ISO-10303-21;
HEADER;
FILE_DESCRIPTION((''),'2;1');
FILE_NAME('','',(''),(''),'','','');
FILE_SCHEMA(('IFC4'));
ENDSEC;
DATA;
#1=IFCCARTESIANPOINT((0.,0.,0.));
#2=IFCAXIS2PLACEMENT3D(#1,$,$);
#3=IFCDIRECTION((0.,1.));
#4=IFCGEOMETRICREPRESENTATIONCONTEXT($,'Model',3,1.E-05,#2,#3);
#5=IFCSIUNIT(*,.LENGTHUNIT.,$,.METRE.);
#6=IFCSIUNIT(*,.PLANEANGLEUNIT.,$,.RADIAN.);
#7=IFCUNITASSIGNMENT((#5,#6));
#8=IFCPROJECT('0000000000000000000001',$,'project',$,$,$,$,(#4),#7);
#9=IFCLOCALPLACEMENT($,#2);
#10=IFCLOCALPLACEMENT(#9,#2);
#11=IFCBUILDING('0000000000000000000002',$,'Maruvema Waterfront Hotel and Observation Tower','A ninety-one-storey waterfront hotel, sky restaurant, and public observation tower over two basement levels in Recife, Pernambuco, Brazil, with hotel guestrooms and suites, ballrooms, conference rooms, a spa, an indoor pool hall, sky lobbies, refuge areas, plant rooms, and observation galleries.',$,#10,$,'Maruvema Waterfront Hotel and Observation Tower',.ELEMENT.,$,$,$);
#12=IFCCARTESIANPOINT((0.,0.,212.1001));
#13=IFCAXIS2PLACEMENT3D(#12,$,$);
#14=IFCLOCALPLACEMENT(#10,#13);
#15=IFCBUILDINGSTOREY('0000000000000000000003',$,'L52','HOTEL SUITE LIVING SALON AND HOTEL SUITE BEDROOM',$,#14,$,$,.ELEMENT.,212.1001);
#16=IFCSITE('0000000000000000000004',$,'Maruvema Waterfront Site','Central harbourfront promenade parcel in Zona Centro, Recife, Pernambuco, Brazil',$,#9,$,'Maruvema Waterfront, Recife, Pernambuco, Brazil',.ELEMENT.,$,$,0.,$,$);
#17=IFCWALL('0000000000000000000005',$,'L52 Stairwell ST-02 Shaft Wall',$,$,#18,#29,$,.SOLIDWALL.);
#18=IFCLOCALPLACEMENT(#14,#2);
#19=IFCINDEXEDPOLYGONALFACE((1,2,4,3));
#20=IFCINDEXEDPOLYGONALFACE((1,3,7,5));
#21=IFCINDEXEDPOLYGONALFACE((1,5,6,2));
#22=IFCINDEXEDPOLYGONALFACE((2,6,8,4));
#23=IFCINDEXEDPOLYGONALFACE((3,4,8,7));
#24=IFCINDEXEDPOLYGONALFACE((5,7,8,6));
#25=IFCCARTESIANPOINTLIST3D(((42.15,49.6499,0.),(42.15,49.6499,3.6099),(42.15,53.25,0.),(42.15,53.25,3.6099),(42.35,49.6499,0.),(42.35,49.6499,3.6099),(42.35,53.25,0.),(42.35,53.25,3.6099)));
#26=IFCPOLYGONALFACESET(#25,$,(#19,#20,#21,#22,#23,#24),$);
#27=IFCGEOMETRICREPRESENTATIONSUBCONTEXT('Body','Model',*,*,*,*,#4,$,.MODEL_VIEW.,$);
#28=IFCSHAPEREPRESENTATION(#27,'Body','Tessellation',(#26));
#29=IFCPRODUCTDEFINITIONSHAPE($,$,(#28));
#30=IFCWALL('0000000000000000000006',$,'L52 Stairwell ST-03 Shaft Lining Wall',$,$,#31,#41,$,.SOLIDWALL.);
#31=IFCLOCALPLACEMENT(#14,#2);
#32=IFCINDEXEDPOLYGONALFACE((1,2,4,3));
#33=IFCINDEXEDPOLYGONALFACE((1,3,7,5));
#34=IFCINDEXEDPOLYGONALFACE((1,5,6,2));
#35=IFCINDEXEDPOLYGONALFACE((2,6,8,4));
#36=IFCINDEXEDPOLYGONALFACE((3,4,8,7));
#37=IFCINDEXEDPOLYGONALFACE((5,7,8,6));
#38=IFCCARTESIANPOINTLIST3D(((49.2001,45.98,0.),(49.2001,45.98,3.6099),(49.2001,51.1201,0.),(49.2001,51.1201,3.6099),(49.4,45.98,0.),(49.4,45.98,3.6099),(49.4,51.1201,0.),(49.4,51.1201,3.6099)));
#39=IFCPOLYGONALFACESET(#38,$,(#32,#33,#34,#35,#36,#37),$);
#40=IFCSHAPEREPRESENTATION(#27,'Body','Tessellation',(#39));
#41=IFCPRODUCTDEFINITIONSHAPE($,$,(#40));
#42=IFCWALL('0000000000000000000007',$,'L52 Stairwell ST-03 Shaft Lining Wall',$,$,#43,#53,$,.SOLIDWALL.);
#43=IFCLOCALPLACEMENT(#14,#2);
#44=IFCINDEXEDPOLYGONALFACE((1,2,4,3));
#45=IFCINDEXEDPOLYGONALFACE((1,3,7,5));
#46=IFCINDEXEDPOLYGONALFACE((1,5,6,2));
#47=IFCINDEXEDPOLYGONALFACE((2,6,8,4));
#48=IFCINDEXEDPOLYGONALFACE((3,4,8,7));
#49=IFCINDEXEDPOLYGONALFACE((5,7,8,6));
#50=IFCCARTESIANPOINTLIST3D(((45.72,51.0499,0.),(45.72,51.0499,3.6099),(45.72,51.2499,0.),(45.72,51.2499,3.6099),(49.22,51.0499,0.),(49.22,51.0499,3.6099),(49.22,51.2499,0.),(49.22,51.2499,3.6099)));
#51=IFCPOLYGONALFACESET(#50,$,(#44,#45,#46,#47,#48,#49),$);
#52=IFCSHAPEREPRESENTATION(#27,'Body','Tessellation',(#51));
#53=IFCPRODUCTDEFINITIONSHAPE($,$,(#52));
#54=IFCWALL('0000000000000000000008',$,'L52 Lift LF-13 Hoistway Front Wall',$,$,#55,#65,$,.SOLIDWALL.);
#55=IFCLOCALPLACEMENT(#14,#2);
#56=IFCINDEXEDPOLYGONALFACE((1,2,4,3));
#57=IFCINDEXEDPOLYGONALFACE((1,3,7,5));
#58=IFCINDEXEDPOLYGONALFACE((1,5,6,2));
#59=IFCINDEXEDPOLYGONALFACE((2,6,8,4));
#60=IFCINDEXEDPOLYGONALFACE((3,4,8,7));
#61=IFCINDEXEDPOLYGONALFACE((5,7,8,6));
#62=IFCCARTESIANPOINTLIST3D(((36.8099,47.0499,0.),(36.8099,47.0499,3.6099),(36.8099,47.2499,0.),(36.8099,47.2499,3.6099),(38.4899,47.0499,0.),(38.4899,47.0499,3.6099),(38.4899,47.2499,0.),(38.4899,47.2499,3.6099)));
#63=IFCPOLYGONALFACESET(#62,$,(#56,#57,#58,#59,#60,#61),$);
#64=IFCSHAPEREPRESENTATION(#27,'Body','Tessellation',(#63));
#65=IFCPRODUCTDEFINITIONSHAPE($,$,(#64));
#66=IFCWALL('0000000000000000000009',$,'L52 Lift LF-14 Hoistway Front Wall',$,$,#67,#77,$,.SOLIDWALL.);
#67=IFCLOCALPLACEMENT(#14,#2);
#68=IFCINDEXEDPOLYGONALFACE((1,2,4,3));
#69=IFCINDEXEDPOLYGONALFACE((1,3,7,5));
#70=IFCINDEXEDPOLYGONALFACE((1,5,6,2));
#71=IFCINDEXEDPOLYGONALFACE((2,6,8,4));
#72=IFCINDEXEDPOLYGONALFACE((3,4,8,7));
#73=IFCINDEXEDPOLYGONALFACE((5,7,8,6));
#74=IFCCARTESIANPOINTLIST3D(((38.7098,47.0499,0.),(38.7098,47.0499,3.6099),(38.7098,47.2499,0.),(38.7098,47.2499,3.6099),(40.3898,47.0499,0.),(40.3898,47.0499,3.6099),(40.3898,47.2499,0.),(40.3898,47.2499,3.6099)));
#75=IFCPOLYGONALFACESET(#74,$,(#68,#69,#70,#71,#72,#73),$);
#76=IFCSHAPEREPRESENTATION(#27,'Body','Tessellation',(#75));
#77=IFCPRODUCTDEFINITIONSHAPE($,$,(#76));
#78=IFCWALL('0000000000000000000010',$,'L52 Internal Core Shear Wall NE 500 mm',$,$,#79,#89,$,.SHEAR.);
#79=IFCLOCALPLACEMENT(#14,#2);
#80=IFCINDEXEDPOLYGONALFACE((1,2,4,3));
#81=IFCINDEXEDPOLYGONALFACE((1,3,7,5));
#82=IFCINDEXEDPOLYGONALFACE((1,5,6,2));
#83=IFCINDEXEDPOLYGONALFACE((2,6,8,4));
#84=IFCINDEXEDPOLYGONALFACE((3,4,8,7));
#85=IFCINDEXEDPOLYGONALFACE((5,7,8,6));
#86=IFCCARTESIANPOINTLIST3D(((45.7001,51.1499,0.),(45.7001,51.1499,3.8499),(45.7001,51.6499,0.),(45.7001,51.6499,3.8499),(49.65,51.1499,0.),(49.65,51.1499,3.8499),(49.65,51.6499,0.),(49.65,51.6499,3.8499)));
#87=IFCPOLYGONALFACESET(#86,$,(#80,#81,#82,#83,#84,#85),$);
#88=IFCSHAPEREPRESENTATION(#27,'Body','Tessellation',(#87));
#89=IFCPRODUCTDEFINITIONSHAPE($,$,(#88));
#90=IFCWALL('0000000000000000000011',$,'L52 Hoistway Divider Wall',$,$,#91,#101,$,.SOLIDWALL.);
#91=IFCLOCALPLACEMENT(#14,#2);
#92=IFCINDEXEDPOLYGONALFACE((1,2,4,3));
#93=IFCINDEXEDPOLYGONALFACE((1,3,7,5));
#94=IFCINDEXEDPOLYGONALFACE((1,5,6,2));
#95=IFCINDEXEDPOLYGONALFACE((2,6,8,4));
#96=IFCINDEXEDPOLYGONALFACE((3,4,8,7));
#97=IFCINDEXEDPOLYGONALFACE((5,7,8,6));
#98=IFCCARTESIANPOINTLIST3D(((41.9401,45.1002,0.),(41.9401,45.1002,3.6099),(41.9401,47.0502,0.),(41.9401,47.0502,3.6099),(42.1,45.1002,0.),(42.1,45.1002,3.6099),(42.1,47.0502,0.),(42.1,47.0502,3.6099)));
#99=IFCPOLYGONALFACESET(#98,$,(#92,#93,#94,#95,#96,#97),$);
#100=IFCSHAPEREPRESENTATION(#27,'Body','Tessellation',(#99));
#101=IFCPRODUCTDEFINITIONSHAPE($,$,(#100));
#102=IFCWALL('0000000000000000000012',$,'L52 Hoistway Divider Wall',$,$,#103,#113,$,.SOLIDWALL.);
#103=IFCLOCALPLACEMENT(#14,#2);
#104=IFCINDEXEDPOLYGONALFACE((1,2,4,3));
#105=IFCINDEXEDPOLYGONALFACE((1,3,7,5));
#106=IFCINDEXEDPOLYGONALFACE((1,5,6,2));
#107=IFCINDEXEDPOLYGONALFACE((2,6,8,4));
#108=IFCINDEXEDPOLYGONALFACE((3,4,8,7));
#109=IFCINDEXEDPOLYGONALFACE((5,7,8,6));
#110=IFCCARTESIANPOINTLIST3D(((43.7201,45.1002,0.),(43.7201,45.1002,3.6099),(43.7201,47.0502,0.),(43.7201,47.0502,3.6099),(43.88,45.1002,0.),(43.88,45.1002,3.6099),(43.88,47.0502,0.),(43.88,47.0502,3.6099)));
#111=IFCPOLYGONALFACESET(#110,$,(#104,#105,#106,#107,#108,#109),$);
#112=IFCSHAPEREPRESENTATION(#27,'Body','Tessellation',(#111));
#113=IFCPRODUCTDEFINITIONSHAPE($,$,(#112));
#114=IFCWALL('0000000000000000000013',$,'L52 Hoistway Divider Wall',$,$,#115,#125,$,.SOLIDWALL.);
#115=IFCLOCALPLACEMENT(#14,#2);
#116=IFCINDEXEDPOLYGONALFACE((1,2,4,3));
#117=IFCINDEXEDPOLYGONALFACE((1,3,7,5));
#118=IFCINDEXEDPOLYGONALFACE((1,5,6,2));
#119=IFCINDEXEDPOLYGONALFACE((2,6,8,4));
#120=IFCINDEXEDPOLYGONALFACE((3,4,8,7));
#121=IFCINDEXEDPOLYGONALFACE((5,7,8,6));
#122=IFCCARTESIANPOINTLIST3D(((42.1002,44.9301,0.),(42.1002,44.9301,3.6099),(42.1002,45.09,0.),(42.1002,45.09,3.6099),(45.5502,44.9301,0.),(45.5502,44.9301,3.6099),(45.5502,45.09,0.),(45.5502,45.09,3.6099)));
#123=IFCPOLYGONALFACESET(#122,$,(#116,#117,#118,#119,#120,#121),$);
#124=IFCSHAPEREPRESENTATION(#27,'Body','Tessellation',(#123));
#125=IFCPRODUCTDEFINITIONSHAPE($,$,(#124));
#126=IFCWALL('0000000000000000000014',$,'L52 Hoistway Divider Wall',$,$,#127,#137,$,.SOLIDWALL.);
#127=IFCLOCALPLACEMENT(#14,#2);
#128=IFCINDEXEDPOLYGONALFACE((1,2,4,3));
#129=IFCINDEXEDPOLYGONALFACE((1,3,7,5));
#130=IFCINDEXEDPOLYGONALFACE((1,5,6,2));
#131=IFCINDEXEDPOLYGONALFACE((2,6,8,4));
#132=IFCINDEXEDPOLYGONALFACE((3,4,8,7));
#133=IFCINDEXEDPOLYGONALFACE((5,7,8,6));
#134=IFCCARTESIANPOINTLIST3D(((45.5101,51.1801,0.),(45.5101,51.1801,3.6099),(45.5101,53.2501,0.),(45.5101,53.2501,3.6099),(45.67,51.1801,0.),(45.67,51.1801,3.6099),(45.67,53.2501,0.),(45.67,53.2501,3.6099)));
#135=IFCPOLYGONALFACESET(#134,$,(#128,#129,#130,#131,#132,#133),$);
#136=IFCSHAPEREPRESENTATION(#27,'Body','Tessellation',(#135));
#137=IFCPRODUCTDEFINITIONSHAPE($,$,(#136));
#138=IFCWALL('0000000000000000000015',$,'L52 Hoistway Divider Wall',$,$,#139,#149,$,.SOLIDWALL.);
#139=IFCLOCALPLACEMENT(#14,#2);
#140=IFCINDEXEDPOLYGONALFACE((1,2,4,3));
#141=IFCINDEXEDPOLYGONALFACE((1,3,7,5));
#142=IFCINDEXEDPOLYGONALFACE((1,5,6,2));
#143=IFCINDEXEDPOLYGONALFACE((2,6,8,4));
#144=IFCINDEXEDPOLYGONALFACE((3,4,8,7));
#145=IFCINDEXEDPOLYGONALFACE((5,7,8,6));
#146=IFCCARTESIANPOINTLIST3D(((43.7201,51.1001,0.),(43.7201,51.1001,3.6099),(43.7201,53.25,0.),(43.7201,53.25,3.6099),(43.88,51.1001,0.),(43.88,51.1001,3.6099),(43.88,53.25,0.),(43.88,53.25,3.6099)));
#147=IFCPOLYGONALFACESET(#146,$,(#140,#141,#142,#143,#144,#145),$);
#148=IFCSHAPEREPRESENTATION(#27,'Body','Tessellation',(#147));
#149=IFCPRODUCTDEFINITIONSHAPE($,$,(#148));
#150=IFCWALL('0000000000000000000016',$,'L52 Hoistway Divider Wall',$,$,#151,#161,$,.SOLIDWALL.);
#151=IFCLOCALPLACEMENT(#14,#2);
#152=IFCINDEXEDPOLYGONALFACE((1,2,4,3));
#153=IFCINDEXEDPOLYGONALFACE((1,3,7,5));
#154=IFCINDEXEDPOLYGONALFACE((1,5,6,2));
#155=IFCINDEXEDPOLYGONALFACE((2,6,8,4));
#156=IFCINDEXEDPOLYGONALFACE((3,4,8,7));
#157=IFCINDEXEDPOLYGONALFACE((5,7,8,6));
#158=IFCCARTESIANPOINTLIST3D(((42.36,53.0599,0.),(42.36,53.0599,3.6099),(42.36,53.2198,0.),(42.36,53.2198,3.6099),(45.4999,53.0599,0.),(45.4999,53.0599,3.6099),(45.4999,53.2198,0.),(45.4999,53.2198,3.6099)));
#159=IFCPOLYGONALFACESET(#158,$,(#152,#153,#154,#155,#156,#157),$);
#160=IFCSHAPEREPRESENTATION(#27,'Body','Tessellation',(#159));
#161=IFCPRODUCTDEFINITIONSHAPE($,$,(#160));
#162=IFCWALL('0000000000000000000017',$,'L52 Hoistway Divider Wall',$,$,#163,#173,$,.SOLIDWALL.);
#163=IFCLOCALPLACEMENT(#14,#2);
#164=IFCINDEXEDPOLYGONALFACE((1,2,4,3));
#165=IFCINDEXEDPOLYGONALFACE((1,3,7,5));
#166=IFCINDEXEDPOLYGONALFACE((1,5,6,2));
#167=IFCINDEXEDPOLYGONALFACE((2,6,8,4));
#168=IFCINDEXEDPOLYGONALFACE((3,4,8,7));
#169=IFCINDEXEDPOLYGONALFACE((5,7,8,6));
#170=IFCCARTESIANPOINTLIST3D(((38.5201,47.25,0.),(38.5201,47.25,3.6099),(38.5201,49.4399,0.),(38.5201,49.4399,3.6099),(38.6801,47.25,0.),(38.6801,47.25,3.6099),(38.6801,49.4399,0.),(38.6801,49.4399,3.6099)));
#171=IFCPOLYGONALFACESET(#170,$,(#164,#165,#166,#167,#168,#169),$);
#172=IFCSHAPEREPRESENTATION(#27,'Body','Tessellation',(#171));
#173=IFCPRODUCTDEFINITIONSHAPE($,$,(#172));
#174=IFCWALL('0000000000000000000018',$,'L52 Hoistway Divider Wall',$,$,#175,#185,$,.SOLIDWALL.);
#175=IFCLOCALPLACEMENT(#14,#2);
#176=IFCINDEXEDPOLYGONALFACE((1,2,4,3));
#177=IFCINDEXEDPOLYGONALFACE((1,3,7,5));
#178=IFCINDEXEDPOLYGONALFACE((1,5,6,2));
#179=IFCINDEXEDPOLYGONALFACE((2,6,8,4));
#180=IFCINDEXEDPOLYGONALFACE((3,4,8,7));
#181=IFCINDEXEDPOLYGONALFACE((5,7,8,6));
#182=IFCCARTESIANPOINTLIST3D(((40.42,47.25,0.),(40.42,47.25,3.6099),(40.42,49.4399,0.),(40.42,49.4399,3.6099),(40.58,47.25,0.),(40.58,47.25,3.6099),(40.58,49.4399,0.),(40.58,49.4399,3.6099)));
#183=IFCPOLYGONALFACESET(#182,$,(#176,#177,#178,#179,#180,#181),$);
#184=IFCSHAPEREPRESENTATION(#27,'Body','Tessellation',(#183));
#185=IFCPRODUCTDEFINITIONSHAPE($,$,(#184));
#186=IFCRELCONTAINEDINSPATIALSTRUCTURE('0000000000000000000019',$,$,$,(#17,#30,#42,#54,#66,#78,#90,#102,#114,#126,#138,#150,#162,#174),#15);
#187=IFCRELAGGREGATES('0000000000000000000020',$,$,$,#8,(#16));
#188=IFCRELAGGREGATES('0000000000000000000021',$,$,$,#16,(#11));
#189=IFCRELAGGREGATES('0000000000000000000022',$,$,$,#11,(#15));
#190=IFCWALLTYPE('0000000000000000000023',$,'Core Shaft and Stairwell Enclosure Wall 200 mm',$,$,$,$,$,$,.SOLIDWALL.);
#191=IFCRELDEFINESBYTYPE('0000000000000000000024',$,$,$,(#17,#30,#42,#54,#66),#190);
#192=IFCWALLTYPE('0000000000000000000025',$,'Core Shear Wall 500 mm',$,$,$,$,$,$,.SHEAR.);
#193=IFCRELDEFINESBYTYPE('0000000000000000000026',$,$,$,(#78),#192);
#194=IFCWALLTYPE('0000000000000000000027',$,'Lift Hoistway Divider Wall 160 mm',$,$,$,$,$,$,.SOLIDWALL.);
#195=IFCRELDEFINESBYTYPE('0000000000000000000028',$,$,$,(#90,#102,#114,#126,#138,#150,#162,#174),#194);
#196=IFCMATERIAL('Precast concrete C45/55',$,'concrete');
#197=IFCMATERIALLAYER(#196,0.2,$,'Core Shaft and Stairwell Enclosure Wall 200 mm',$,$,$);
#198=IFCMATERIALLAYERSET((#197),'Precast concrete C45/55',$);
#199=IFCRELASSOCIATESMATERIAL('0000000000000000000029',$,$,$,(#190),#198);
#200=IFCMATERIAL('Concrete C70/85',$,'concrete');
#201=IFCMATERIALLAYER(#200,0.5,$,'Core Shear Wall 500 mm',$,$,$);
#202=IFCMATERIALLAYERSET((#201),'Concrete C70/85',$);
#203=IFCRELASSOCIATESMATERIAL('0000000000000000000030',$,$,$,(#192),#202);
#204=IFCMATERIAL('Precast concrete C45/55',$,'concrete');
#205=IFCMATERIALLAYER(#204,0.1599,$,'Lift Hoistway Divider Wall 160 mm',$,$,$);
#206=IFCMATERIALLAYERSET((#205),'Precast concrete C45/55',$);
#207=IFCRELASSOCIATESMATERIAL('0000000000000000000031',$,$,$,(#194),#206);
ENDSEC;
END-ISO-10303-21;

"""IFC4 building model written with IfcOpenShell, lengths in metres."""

from ifc_helpers import new_model, si_unit, direction, frame, frame_2d, origin, place, context, subcontext, project, spatial, rectangle, extrude, material, layer, layer_set, type_object, element, save


model = new_model("IFC4")

# Units and contexts
model_context = context("Model", 3, precision=1e-05, world=origin(), true_north=direction((0.0, 1.0)))
body_context = subcontext(model_context, "Body", "Model", "MODEL_VIEW")
ifc_project = project(units=[si_unit("LENGTHUNIT", "METRE"), si_unit("PLANEANGLEUNIT", "RADIAN")], contexts=[model_context])

# Site, building, storey
site_placement = place(None, origin())
site = spatial("IfcSite", under=ifc_project, at=site_placement, Name="Maruvema Waterfront Site", Description="Central harbourfront promenade parcel in Zona Centro, Recife, Pernambuco, Brazil", LongName="Maruvema Waterfront, Recife, Pernambuco, Brazil", CompositionType="ELEMENT", RefElevation=0.0)
building_placement = place(site_placement, origin())
building = spatial("IfcBuilding", under=site, at=building_placement, Name="Maruvema Waterfront Hotel and Observation Tower", Description="A ninety-one-storey waterfront hotel, sky restaurant, and public observation tower over two basement levels in Recife, Pernambuco, Brazil, with hotel guestrooms and suites, ballrooms, conference rooms, a spa, an indoor pool hall, sky lobbies, refuge areas, plant rooms, and observation galleries.", LongName="Maruvema Waterfront Hotel and Observation Tower", CompositionType="ELEMENT")
storey_placement = place(building_placement, frame((0.0, 0.0, 212.1001)))
storey = spatial("IfcBuildingStorey", under=building, at=storey_placement, Name="L52", Description="HOTEL SUITE LIVING SALON AND HOTEL SUITE BEDROOM", CompositionType="ELEMENT", Elevation=212.1001)

# Walls
ifc_material_1 = material(Name="Precast concrete C45/55", Category="concrete")
ifc_layer_1 = layer(ifc_material_1, 0.2, Name="Core Shaft and Stairwell Enclosure Wall 200 mm")
ifc_layer_set_1 = layer_set([ifc_layer_1], Name="Precast concrete C45/55")
wall_type_1 = type_object("IfcWallType", Name="Core Shaft and Stairwell Enclosure Wall 200 mm", PredefinedType="SOLIDWALL", material=ifc_layer_set_1)
wall_1_placement = place(storey_placement, frame((42.25, 49.6499, 0.0), z_axis=(0.0, 0.0, 1.0), x_axis=(0.0, 1.0, 0.0)))
element("IfcWall", 1, at=wall_1_placement, inside=storey, type_object=wall_type_1, Name="L52 Stairwell ST-02 Shaft Wall", PredefinedType="SOLIDWALL", context=body_context, shape_type="SweptSolid", body=[
    extrude(rectangle(XDim=3.6001, YDim=0.2, at=frame_2d((1.8, 0.0))), origin(), (0.0, 0.0, 1.0), 3.6099),
])
wall_2_placement = place(storey_placement, frame((49.3, 45.98, 0.0), z_axis=(0.0, 0.0, 1.0), x_axis=(0.0, 1.0, 0.0)))
element("IfcWall", 2, at=wall_2_placement, inside=storey, type_object=wall_type_1, Name="L52 Stairwell ST-03 Shaft Lining Wall", PredefinedType="SOLIDWALL", context=body_context, shape_type="SweptSolid", body=[
    extrude(rectangle(XDim=5.1401, YDim=0.2, at=frame_2d((2.5701, 0.0))), origin(), (0.0, 0.0, 1.0), 3.6099),
])
wall_3_placement = place(storey_placement, frame((45.72, 51.1499, 0.0), z_axis=(0.0, 0.0, 1.0), x_axis=(1.0, 0.0, 0.0)))
element("IfcWall", 3, at=wall_3_placement, inside=storey, type_object=wall_type_1, Name="L52 Stairwell ST-03 Shaft Lining Wall", PredefinedType="SOLIDWALL", context=body_context, shape_type="SweptSolid", body=[
    extrude(rectangle(XDim=3.5, YDim=0.2, at=frame_2d((1.75, 0.0))), origin(), (0.0, 0.0, 1.0), 3.6099),
])

# Walls
for number, where, z_axis, x_axis, name in (
    (4, (36.8101, 47.1499, 0.0), (0.0, 0.0, 1.0), (1.0, 0.0, 0.0), "L52 Lift LF-13 Hoistway Front Wall"),
    (5, (38.71, 47.1499, 0.0), (0.0, 0.0, 1.0), (1.0, 0.0, 0.0), "L52 Lift LF-14 Hoistway Front Wall"),
):
    element("IfcWall", number, at=place(storey_placement, frame(where, z_axis=z_axis, x_axis=x_axis)), inside=storey, type_object=wall_type_1, Name=name, PredefinedType="SOLIDWALL", context=body_context, shape_type="SweptSolid", body=[
        extrude(rectangle(XDim=1.6799, YDim=0.2, at=frame_2d((0.8398, 0.0))), origin(), (0.0, 0.0, 1.0), 3.6099),
    ])
ifc_material_2 = material(Name="Concrete C70/85", Category="concrete")
ifc_layer_2 = layer(ifc_material_2, 0.5, Name="Core Shear Wall 500 mm")
ifc_layer_set_2 = layer_set([ifc_layer_2], Name="Concrete C70/85")
wall_type_2 = type_object("IfcWallType", Name="Core Shear Wall 500 mm", PredefinedType="SHEAR", material=ifc_layer_set_2)
wall_4_placement = place(storey_placement, frame((45.7, 51.3999, 0.0), z_axis=(0.0, 0.0, 1.0), x_axis=(1.0, 0.0, 0.0)))
element("IfcWall", 6, at=wall_4_placement, inside=storey, type_object=wall_type_2, Name="L52 Internal Core Shear Wall NE 500 mm", PredefinedType="SHEAR", context=body_context, shape_type="SweptSolid", body=[
    extrude(rectangle(XDim=3.95, YDim=0.5, at=frame_2d((1.9751, 0.0))), origin(), (0.0, 0.0, 1.0), 3.8499),
])
ifc_material_3 = material(Name="Precast concrete C45/55", Category="concrete")
ifc_layer_3 = layer(ifc_material_3, 0.1599, Name="Lift Hoistway Divider Wall 160 mm")
ifc_layer_set_3 = layer_set([ifc_layer_3], Name="Precast concrete C45/55")
wall_type_3 = type_object("IfcWallType", Name="Lift Hoistway Divider Wall 160 mm", PredefinedType="SOLIDWALL", material=ifc_layer_set_3)
for number, where, z_axis, x_axis, name in (
    (7, (42.02, 45.1001, 0.0), (0.0, 0.0, 1.0), (0.0, 1.0, 0.0), "L52 Hoistway Divider Wall"),
    (8, (43.8, 45.1001, 0.0), (0.0, 0.0, 1.0), (0.0, 1.0, 0.0), "L52 Hoistway Divider Wall"),
):
    element("IfcWall", number, at=place(storey_placement, frame(where, z_axis=z_axis, x_axis=x_axis)), inside=storey, type_object=wall_type_3, Name=name, PredefinedType="SOLIDWALL", context=body_context, shape_type="SweptSolid", body=[
        extrude(rectangle(XDim=1.95, YDim=0.1599, at=frame_2d((0.9751, 0.0))), origin(), (0.0, 0.0, 1.0), 3.6099),
    ])
wall_5_placement = place(storey_placement, frame((42.1001, 45.01, 0.0), z_axis=(0.0, 0.0, 1.0), x_axis=(1.0, 0.0, 0.0)))
element("IfcWall", 9, at=wall_5_placement, inside=storey, type_object=wall_type_3, Name="L52 Hoistway Divider Wall", PredefinedType="SOLIDWALL", context=body_context, shape_type="SweptSolid", body=[
    extrude(rectangle(XDim=3.45, YDim=0.1599, at=frame_2d((1.7251, 0.0))), origin(), (0.0, 0.0, 1.0), 3.6099),
])
wall_6_placement = place(storey_placement, frame((45.5901, 51.1799, 0.0), z_axis=(0.0, 0.0, 1.0), x_axis=(0.0, 1.0, 0.0)))
element("IfcWall", 10, at=wall_6_placement, inside=storey, type_object=wall_type_3, Name="L52 Hoistway Divider Wall", PredefinedType="SOLIDWALL", context=body_context, shape_type="SweptSolid", body=[
    extrude(rectangle(XDim=2.0701, YDim=0.1599, at=frame_2d((1.0352, 0.0))), origin(), (0.0, 0.0, 1.0), 3.6099),
])
wall_7_placement = place(storey_placement, frame((43.8, 51.1001, 0.0), z_axis=(0.0, 0.0, 1.0), x_axis=(0.0, 1.0, 0.0)))
element("IfcWall", 11, at=wall_7_placement, inside=storey, type_object=wall_type_3, Name="L52 Hoistway Divider Wall", PredefinedType="SOLIDWALL", context=body_context, shape_type="SweptSolid", body=[
    extrude(rectangle(XDim=2.1499, YDim=0.1599, at=frame_2d((1.075, 0.0))), origin(), (0.0, 0.0, 1.0), 3.6099),
])
wall_8_placement = place(storey_placement, frame((42.3601, 53.1399, 0.0), z_axis=(0.0, 0.0, 1.0), x_axis=(1.0, 0.0, 0.0)))
element("IfcWall", 12, at=wall_8_placement, inside=storey, type_object=wall_type_3, Name="L52 Hoistway Divider Wall", PredefinedType="SOLIDWALL", context=body_context, shape_type="SweptSolid", body=[
    extrude(rectangle(XDim=3.1399, YDim=0.1599, at=frame_2d((1.5698, 0.0))), origin(), (0.0, 0.0, 1.0), 3.6099),
])
for number, where, z_axis, x_axis, name in (
    (13, (38.6001, 47.25, 0.0), (0.0, 0.0, 1.0), (0.0, 1.0, 0.0), "L52 Hoistway Divider Wall"),
    (14, (40.5, 47.25, 0.0), (0.0, 0.0, 1.0), (0.0, 1.0, 0.0), "L52 Hoistway Divider Wall"),
):
    element("IfcWall", number, at=place(storey_placement, frame(where, z_axis=z_axis, x_axis=x_axis)), inside=storey, type_object=wall_type_3, Name=name, PredefinedType="SOLIDWALL", context=body_context, shape_type="SweptSolid", body=[
        extrude(rectangle(XDim=2.1899, YDim=0.1599, at=frame_2d((1.095, 0.0))), origin(), (0.0, 0.0, 1.0), 3.6099),
    ])

save(model, "model.ifc")
